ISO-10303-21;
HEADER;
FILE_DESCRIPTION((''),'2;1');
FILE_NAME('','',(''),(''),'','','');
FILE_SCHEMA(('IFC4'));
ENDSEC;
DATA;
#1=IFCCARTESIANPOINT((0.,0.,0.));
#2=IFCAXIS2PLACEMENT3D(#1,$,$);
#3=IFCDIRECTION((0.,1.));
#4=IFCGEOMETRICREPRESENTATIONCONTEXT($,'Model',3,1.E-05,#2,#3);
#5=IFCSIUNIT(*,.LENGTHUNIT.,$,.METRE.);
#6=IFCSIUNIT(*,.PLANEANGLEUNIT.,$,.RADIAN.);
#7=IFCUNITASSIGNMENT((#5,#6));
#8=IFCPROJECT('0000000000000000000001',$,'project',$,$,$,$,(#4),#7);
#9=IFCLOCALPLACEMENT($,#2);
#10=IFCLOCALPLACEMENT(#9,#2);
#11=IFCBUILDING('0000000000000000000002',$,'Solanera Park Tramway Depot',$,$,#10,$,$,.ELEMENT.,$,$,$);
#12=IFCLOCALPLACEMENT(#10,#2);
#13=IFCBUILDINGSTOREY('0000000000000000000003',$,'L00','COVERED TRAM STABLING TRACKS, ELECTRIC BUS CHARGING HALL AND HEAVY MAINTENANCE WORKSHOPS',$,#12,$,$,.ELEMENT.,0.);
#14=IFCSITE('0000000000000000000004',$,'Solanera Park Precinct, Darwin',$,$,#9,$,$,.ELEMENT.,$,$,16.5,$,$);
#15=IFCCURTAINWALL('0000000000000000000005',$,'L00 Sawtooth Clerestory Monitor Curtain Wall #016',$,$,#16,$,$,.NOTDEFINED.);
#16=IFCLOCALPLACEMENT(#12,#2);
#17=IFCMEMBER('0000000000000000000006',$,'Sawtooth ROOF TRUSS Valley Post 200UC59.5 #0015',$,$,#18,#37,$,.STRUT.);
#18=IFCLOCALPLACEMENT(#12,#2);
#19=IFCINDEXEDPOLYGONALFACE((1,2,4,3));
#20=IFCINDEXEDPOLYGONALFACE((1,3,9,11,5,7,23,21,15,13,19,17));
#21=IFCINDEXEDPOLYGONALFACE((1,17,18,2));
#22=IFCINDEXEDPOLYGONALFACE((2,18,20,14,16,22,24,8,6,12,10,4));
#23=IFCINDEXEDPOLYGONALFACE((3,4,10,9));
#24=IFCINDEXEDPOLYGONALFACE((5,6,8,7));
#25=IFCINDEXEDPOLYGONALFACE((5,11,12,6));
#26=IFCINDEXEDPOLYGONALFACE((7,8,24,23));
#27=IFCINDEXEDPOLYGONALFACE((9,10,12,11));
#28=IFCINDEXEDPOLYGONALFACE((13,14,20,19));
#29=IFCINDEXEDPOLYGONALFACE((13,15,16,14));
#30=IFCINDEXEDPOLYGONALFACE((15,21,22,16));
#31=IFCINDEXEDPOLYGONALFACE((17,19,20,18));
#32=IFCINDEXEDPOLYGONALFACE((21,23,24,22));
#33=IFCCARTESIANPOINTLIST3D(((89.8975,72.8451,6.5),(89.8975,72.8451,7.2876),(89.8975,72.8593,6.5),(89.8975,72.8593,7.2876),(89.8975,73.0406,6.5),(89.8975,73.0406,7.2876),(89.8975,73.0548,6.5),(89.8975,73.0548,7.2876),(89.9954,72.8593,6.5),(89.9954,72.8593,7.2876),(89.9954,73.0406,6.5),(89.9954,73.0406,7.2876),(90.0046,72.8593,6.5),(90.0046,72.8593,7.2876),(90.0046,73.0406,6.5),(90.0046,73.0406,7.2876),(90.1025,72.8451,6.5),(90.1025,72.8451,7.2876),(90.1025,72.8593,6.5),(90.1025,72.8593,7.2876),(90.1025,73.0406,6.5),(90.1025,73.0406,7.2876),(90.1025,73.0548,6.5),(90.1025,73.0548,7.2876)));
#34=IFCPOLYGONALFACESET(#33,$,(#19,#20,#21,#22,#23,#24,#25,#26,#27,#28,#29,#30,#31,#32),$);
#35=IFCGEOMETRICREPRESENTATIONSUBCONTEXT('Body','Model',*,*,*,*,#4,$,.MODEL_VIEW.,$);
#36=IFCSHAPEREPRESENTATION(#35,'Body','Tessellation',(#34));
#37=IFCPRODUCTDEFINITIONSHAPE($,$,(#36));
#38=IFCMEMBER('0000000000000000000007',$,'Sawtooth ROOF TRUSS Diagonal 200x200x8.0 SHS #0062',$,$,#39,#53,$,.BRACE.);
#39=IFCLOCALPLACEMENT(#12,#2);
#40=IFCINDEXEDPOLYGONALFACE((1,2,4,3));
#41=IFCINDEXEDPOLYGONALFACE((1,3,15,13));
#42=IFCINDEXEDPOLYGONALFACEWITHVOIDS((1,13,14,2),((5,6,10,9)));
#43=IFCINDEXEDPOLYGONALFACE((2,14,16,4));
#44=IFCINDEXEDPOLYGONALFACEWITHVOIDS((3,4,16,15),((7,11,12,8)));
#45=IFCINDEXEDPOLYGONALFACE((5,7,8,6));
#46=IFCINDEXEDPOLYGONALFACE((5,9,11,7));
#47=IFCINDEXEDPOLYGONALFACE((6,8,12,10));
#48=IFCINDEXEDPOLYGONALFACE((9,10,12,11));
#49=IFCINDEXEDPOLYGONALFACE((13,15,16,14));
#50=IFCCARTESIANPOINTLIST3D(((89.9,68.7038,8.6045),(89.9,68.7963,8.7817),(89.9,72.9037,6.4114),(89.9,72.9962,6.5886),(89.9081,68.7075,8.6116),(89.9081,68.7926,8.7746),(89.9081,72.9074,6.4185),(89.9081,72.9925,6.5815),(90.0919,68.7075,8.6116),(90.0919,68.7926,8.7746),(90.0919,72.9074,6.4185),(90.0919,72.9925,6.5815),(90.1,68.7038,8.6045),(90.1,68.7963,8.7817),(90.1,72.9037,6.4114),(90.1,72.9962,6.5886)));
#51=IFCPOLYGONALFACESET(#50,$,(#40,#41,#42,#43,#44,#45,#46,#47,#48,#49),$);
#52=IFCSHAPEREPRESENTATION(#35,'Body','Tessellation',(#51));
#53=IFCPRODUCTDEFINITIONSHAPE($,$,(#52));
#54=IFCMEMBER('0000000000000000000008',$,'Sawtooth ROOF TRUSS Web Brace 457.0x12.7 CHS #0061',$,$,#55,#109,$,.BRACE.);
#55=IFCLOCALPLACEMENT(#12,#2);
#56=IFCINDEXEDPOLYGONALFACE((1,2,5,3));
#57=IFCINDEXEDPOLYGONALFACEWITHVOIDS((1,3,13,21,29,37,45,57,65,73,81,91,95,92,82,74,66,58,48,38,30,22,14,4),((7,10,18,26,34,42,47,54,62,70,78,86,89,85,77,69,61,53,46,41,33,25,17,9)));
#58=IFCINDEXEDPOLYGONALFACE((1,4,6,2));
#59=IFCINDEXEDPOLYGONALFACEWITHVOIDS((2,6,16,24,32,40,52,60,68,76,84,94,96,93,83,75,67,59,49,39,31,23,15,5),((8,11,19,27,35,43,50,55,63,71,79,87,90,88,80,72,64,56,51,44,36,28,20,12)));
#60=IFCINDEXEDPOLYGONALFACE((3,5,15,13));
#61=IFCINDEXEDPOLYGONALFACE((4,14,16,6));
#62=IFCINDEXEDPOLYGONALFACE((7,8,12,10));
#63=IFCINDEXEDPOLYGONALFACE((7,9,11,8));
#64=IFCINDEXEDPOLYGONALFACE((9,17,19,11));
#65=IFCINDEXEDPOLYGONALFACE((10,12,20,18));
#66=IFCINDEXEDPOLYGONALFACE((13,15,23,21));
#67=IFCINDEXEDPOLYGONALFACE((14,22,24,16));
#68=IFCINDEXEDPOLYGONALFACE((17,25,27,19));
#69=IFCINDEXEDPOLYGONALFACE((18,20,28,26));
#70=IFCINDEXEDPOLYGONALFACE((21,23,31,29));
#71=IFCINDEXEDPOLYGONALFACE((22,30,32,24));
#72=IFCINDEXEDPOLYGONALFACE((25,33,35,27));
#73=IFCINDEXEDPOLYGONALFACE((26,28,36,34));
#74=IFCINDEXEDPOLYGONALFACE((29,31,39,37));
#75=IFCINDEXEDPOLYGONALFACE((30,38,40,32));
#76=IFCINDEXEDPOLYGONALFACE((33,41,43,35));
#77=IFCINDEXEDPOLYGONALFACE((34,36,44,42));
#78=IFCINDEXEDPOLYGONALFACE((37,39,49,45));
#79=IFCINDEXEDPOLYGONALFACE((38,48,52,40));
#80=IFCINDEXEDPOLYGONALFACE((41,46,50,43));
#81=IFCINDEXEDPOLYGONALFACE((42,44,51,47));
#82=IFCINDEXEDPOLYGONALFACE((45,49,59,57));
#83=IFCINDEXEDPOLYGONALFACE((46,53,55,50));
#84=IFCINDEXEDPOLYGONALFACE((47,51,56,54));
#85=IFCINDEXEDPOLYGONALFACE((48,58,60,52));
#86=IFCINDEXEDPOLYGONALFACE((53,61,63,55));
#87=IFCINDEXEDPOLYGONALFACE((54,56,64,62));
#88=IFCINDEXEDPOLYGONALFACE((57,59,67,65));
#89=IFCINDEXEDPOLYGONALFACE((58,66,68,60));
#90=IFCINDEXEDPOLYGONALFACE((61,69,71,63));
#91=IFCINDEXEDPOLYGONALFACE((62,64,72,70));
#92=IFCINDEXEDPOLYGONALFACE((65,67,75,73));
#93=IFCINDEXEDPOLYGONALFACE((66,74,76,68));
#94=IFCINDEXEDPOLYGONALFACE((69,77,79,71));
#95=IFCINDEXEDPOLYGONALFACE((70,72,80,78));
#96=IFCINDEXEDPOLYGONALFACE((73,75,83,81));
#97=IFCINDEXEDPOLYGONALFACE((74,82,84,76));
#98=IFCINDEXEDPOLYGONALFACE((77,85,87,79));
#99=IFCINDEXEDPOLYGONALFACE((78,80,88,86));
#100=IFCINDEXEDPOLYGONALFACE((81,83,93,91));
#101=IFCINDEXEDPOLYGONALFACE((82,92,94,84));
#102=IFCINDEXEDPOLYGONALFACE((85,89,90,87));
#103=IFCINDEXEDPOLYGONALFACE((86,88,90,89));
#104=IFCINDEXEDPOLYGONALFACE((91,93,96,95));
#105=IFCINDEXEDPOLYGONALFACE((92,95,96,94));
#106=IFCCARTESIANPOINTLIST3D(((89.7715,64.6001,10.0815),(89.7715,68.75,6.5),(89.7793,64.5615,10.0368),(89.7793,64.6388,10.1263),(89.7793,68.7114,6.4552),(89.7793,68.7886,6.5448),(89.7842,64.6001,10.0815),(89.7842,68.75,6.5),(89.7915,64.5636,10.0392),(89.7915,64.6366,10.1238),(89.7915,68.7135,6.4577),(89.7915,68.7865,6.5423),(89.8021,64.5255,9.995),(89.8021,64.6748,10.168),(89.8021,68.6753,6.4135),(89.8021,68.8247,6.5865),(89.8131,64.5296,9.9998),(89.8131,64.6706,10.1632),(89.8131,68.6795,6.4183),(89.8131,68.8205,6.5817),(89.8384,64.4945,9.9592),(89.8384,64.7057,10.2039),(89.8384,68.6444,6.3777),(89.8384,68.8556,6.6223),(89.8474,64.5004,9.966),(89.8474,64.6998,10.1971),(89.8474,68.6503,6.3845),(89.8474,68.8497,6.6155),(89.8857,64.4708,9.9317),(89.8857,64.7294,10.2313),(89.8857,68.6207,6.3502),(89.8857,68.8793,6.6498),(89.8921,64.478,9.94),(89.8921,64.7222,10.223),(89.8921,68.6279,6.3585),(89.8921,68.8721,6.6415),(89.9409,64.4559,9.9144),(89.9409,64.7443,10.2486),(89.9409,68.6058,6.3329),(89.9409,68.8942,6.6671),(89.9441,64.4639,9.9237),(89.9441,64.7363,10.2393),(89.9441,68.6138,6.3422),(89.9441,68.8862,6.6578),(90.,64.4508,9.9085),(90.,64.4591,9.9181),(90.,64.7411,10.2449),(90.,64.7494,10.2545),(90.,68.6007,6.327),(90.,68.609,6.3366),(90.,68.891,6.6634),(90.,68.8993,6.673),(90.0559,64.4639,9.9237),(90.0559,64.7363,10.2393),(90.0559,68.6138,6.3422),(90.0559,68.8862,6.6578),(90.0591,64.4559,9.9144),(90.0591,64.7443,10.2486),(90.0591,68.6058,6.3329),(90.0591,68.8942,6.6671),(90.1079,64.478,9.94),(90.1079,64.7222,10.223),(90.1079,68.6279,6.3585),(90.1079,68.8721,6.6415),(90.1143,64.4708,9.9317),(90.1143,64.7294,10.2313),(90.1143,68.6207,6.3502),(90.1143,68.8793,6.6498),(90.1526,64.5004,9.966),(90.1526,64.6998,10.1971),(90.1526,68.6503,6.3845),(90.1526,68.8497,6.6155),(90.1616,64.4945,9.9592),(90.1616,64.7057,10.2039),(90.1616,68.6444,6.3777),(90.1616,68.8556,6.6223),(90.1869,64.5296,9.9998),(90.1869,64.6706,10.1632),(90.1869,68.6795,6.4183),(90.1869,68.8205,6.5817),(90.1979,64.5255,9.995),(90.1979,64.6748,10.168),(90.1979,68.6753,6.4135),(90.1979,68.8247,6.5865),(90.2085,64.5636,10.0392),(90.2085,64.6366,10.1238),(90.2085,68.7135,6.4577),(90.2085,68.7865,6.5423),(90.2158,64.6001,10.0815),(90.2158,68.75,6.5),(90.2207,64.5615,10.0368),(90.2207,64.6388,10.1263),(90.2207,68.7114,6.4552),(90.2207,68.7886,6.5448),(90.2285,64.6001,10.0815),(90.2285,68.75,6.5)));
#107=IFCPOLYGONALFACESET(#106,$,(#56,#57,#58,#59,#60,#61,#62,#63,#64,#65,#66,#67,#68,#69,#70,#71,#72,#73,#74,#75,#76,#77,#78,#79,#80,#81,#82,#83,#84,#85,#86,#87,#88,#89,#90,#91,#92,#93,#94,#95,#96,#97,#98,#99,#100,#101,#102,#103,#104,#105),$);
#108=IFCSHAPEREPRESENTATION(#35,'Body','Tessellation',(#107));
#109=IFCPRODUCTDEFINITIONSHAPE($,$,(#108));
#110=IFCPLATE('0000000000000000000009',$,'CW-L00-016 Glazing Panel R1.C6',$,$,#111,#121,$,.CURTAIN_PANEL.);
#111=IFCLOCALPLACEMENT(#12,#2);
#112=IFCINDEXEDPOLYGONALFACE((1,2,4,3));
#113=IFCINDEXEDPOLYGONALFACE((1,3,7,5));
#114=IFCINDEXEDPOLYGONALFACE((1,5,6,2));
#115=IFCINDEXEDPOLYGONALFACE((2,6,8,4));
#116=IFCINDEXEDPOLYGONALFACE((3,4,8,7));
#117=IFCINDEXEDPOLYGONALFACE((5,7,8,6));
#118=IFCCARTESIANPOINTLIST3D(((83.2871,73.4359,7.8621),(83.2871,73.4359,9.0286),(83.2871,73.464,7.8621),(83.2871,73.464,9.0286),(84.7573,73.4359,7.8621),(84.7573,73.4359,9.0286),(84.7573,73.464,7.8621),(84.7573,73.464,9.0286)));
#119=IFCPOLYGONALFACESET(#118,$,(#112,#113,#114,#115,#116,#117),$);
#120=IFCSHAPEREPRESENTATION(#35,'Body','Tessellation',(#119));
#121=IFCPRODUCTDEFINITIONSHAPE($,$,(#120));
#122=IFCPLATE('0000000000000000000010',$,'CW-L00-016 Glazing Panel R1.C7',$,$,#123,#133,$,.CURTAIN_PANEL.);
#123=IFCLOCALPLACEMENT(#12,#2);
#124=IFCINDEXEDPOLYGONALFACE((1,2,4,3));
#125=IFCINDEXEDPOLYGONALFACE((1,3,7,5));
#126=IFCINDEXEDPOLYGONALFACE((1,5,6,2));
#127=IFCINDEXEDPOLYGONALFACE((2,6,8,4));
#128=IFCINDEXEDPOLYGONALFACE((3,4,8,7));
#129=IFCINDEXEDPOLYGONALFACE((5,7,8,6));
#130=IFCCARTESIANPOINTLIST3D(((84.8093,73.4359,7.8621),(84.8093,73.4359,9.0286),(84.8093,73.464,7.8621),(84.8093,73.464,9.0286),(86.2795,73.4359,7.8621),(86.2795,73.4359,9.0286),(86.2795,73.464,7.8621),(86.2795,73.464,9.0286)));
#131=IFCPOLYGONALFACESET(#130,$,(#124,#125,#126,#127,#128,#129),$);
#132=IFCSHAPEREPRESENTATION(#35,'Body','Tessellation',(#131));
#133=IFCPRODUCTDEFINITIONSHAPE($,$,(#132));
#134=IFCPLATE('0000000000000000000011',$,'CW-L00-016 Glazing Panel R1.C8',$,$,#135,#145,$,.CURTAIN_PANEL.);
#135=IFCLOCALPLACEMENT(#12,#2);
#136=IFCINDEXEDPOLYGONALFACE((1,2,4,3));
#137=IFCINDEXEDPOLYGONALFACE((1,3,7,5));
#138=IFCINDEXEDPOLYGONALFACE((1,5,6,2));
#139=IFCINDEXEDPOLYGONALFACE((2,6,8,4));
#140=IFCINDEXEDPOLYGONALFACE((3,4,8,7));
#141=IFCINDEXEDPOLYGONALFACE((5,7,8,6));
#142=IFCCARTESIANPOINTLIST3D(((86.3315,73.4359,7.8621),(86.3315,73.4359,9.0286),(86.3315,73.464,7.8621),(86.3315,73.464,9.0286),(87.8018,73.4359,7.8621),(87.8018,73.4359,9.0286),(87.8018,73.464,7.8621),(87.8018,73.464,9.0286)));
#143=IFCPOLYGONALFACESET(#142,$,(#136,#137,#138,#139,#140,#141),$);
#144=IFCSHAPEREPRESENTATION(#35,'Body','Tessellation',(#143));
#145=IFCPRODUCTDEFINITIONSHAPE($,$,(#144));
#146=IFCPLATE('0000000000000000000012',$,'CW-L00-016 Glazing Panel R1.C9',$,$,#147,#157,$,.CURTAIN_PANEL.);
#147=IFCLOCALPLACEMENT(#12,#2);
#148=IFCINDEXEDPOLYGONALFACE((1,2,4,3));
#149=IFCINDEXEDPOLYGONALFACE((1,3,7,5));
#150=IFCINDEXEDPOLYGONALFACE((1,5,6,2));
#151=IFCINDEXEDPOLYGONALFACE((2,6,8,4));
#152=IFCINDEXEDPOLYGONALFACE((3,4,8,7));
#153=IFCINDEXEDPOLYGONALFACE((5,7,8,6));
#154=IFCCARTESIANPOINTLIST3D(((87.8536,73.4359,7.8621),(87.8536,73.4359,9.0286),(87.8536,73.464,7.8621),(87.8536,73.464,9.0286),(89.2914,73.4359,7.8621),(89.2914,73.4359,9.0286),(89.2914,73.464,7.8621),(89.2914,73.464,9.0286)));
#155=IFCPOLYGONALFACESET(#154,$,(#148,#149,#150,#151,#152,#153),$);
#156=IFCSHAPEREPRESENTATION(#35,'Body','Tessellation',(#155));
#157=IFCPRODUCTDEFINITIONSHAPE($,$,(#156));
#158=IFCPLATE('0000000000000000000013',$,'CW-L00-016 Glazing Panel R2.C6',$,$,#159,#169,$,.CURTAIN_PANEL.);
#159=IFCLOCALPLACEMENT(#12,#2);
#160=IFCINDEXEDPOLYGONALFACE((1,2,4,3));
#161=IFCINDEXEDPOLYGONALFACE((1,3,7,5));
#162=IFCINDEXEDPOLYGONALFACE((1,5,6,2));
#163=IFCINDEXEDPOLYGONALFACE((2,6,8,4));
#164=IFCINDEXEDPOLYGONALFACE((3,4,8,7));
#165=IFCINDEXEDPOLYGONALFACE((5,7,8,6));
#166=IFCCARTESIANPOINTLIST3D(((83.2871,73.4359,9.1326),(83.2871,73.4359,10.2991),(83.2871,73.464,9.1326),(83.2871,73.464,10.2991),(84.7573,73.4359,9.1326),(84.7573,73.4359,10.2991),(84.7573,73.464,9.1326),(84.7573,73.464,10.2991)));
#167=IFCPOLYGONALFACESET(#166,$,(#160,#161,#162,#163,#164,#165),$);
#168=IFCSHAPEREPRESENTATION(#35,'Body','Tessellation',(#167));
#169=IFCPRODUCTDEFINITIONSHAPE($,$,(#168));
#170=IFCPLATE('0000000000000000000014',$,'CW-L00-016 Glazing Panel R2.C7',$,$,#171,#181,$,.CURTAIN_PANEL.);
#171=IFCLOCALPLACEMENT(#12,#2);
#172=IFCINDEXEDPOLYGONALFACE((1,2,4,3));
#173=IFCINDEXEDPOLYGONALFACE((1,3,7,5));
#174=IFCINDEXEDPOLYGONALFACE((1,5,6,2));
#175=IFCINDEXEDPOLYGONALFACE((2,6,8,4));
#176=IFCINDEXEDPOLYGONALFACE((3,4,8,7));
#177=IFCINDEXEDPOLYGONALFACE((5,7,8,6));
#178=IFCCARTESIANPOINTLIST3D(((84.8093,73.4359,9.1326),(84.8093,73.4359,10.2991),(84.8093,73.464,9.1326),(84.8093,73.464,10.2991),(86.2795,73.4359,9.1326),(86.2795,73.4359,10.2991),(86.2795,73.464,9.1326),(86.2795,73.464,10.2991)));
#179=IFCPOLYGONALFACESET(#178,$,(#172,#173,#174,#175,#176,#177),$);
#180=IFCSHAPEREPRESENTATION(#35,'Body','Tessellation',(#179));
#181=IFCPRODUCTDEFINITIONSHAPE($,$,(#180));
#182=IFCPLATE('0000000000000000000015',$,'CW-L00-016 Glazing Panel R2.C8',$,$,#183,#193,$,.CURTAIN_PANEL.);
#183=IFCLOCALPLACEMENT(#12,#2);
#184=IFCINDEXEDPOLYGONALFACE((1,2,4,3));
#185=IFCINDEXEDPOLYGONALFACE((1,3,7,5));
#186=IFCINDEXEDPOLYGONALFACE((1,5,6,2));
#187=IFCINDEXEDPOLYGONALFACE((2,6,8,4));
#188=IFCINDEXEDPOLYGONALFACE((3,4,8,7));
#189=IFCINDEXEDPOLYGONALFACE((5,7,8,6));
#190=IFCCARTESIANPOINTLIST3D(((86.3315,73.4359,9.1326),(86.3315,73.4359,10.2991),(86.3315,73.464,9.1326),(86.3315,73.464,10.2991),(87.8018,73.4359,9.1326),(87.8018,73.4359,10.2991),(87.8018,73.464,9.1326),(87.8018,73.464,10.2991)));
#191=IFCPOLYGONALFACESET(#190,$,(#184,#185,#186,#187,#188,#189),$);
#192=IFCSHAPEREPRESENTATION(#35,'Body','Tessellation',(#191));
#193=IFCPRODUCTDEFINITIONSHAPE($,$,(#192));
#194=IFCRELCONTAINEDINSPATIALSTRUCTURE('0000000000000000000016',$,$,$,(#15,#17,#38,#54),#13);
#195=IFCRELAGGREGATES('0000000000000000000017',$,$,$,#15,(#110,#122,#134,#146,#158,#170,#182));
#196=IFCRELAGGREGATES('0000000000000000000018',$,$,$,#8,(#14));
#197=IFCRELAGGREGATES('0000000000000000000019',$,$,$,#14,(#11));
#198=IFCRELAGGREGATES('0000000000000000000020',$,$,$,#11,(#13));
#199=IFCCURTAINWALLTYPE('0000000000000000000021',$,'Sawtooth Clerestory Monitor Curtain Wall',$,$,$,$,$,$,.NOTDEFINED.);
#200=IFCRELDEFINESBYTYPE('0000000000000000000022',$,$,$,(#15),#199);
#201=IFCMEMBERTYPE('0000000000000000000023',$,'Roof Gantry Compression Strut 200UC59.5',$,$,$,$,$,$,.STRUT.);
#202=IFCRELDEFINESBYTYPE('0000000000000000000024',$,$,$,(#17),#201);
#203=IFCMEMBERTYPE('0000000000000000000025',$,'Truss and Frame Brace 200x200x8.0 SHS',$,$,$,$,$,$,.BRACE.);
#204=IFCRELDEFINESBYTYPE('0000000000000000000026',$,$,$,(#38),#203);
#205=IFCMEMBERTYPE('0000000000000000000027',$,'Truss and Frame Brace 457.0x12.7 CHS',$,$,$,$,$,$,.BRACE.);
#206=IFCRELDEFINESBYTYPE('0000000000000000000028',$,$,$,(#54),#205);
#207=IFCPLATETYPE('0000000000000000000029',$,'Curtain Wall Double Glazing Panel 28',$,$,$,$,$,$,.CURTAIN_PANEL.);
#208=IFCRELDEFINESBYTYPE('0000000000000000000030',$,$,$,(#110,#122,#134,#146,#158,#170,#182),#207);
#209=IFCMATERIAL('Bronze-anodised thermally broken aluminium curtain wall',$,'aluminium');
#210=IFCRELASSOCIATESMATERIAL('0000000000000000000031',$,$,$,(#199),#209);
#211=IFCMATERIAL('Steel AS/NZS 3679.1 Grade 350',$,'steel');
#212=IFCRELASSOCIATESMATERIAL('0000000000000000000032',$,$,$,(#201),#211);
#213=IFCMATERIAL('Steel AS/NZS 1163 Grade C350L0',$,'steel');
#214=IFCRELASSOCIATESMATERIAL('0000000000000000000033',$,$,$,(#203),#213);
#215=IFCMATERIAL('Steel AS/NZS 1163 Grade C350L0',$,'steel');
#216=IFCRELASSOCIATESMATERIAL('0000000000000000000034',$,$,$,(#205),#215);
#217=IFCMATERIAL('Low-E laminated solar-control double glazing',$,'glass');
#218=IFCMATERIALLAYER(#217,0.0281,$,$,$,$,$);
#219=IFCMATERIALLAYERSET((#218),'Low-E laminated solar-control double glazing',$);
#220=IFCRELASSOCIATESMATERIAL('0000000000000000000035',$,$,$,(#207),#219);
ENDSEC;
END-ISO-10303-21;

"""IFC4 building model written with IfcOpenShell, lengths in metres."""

from ifc_helpers import new_model, si_unit, direction, frame, origin, origin_2d, place, context, subcontext, project, spatial, rectangle, hollow_rectangle, hollow_circle, i_section, extrude, material, layer, layer_set, material_profile, profile_set, type_object, element, aggregate, save


model = new_model("IFC4")

# Units and contexts
model_context = context("Model", 3, precision=1e-05, world=origin(), true_north=direction((0.0, 1.0)))
body_context = subcontext(model_context, "Body", "Model", "MODEL_VIEW")
ifc_project = project(units=[si_unit("LENGTHUNIT", "METRE"), si_unit("PLANEANGLEUNIT", "RADIAN")], contexts=[model_context])

# Site, building, storey
site_placement = place(None, origin())
site = spatial("IfcSite", under=ifc_project, at=site_placement, Name="Solanera Park Precinct, Darwin", CompositionType="ELEMENT", RefElevation=16.5)
building_placement = place(site_placement, origin())
building = spatial("IfcBuilding", under=site, at=building_placement, Name="Solanera Park Tramway Depot", CompositionType="ELEMENT")
storey_placement = place(building_placement, origin())
storey = spatial("IfcBuildingStorey", under=building, at=storey_placement, Name="L00", Description="COVERED TRAM STABLING TRACKS, ELECTRIC BUS CHARGING HALL AND HEAVY MAINTENANCE WORKSHOPS", CompositionType="ELEMENT", Elevation=0.0)

# Curtain wall
ifc_material_1 = material(Name="Bronze-anodised thermally broken aluminium curtain wall", Category="aluminium")
curtain_wall_type = type_object("IfcCurtainWallType", Name="Sawtooth Clerestory Monitor Curtain Wall", PredefinedType="NOTDEFINED", material=ifc_material_1)
curtain_wall_placement = place(storey_placement, origin())
curtain_wall = element("IfcCurtainWall", 1, at=curtain_wall_placement, inside=storey, type_object=curtain_wall_type, Name="L00 Sawtooth Clerestory Monitor Curtain Wall #016", PredefinedType="NOTDEFINED")

# Members
ifc_material_2 = material(Name="Steel AS/NZS 3679.1 Grade 350", Category="steel")
ifc_material_profile_1 = material_profile(ifc_material_2, i_section(OverallWidth=0.2051, OverallDepth=0.2097, WebThickness=0.0093, FlangeThickness=0.0142, at=origin_2d()), Name="200UC59.5")
ifc_profile_set_1 = profile_set([ifc_material_profile_1], Name="Steel AS/NZS 3679.1 Grade 350")
member_type_1 = type_object("IfcMemberType", Name="Roof Gantry Compression Strut 200UC59.5", PredefinedType="STRUT", material=ifc_profile_set_1)
member_1_placement = place(storey_placement, frame((90.0, 72.95, 6.5), z_axis=(0.0, 0.0, 1.0), x_axis=(1.0, 0.0, 0.0)))
element("IfcMember", 2, at=member_1_placement, inside=storey, type_object=member_type_1, Name="Sawtooth ROOF TRUSS Valley Post 200UC59.5 #0015", PredefinedType="STRUT", context=body_context, shape_type="SweptSolid", body=[
    extrude(i_section(OverallWidth=0.2051, OverallDepth=0.2097, WebThickness=0.0093, FlangeThickness=0.0142, at=origin_2d()), origin(), (0.0, 0.0, 1.0), 0.7876),
])
ifc_material_3 = material(Name="Steel AS/NZS 1163 Grade C350L0", Category="steel")
ifc_material_profile_2 = material_profile(ifc_material_3, hollow_rectangle(XDim=0.2, YDim=0.2, WallThickness=0.0081, at=origin_2d()), Name="200x200x8.0 SHS")
ifc_profile_set_2 = profile_set([ifc_material_profile_2], Name="Steel AS/NZS 1163 Grade C350L0")
member_type_2 = type_object("IfcMemberType", Name="Truss and Frame Brace 200x200x8.0 SHS", PredefinedType="BRACE", material=ifc_profile_set_2)
member_2_placement = place(storey_placement, frame((90.0, 72.95, 6.5), z_axis=(0.0, -0.886426, 0.462871), x_axis=(1.0, 0.0, 0.0)))
element("IfcMember", 3, at=member_2_placement, inside=storey, type_object=member_type_2, Name="Sawtooth ROOF TRUSS Diagonal 200x200x8.0 SHS #0062", PredefinedType="BRACE", context=body_context, shape_type="SweptSolid", body=[
    extrude(hollow_rectangle(XDim=0.2, YDim=0.2, WallThickness=0.0081, at=origin_2d()), origin(), (0.0, 0.0, 1.0), 4.738),
])
ifc_material_4 = material(Name="Steel AS/NZS 1163 Grade C350L0", Category="steel")
ifc_material_profile_3 = material_profile(ifc_material_4, hollow_circle(Radius=0.2285, WallThickness=0.0127, at=origin_2d()), Name="457.0x12.7 CHS")
ifc_profile_set_3 = profile_set([ifc_material_profile_3], Name="Steel AS/NZS 1163 Grade C350L0")
member_type_3 = type_object("IfcMemberType", Name="Truss and Frame Brace 457.0x12.7 CHS", PredefinedType="BRACE", material=ifc_profile_set_3)
member_3_placement = place(storey_placement, frame((90.0, 68.75, 6.5), z_axis=(0.0, -0.757045, 0.653362), x_axis=(1.0, 0.0, 0.0)))
element("IfcMember", 4, at=member_3_placement, inside=storey, type_object=member_type_3, Name="Sawtooth ROOF TRUSS Web Brace 457.0x12.7 CHS #0061", PredefinedType="BRACE", context=body_context, shape_type="SweptSolid", body=[
    extrude(hollow_circle(Radius=0.2285, WallThickness=0.0127, at=origin_2d()), origin(), (0.0, 0.0, 1.0), 5.4817),
])

# Plates
ifc_material_5 = material(Name="Low-E laminated solar-control double glazing", Category="glass")
ifc_layer_1 = layer(ifc_material_5, 0.0281)
ifc_layer_set_1 = layer_set([ifc_layer_1], Name="Low-E laminated solar-control double glazing")
plate_type_1 = type_object("IfcPlateType", Name="Curtain Wall Double Glazing Panel 28", PredefinedType="CURTAIN_PANEL", material=ifc_layer_set_1)
plate_1_placement = place(storey_placement, frame((84.0222, 73.45, 7.8621), z_axis=(0.0, 0.0, 1.0), x_axis=(1.0, 0.0, 0.0)))
plate_1 = element("IfcPlate", 5, at=plate_1_placement, type_object=plate_type_1, Name="CW-L00-016 Glazing Panel R1.C6", PredefinedType="CURTAIN_PANEL", context=body_context, shape_type="SweptSolid", body=[
    extrude(rectangle(XDim=1.4702, YDim=0.0281, at=origin_2d()), origin(), (0.0, 0.0, 1.0), 1.1665),
])
plate_2_placement = place(storey_placement, frame((85.5444, 73.45, 7.8621), z_axis=(0.0, 0.0, 1.0), x_axis=(1.0, 0.0, 0.0)))
plate_2 = element("IfcPlate", 6, at=plate_2_placement, type_object=plate_type_1, Name="CW-L00-016 Glazing Panel R1.C7", PredefinedType="CURTAIN_PANEL", context=body_context, shape_type="SweptSolid", body=[
    extrude(rectangle(XDim=1.4702, YDim=0.0281, at=origin_2d()), origin(), (0.0, 0.0, 1.0), 1.1665),
])
plate_3_placement = place(storey_placement, frame((87.0667, 73.45, 7.8621), z_axis=(0.0, 0.0, 1.0), x_axis=(1.0, 0.0, 0.0)))
plate_3 = element("IfcPlate", 7, at=plate_3_placement, type_object=plate_type_1, Name="CW-L00-016 Glazing Panel R1.C8", PredefinedType="CURTAIN_PANEL", context=body_context, shape_type="SweptSolid", body=[
    extrude(rectangle(XDim=1.4702, YDim=0.0281, at=origin_2d()), origin(), (0.0, 0.0, 1.0), 1.1665),
])
plate_4_placement = place(storey_placement, frame((88.5725, 73.45, 7.8621), z_axis=(0.0, 0.0, 1.0), x_axis=(1.0, 0.0, 0.0)))
plate_4 = element("IfcPlate", 8, at=plate_4_placement, type_object=plate_type_1, Name="CW-L00-016 Glazing Panel R1.C9", PredefinedType="CURTAIN_PANEL", context=body_context, shape_type="SweptSolid", body=[
    extrude(rectangle(XDim=1.4377, YDim=0.0281, at=origin_2d()), origin(), (0.0, 0.0, 1.0), 1.1665),
])
plate_5_placement = place(storey_placement, frame((84.0222, 73.45, 9.1326), z_axis=(0.0, 0.0, 1.0), x_axis=(1.0, 0.0, 0.0)))
plate_5 = element("IfcPlate", 9, at=plate_5_placement, type_object=plate_type_1, Name="CW-L00-016 Glazing Panel R2.C6", PredefinedType="CURTAIN_PANEL", context=body_context, shape_type="SweptSolid", body=[
    extrude(rectangle(XDim=1.4702, YDim=0.0281, at=origin_2d()), origin(), (0.0, 0.0, 1.0), 1.1665),
])
plate_6_placement = place(storey_placement, frame((85.5444, 73.45, 9.1326), z_axis=(0.0, 0.0, 1.0), x_axis=(1.0, 0.0, 0.0)))
plate_6 = element("IfcPlate", 10, at=plate_6_placement, type_object=plate_type_1, Name="CW-L00-016 Glazing Panel R2.C7", PredefinedType="CURTAIN_PANEL", context=body_context, shape_type="SweptSolid", body=[
    extrude(rectangle(XDim=1.4702, YDim=0.0281, at=origin_2d()), origin(), (0.0, 0.0, 1.0), 1.1665),
])
plate_7_placement = place(storey_placement, frame((87.0667, 73.45, 9.1326), z_axis=(0.0, 0.0, 1.0), x_axis=(1.0, 0.0, 0.0)))
plate_7 = element("IfcPlate", 11, at=plate_7_placement, type_object=plate_type_1, Name="CW-L00-016 Glazing Panel R2.C8", PredefinedType="CURTAIN_PANEL", context=body_context, shape_type="SweptSolid", body=[
    extrude(rectangle(XDim=1.4702, YDim=0.0281, at=origin_2d()), origin(), (0.0, 0.0, 1.0), 1.1665),
])
aggregate(curtain_wall, [plate_1, plate_2, plate_3, plate_4, plate_5, plate_6, plate_7])

save(model, "model.ifc")
